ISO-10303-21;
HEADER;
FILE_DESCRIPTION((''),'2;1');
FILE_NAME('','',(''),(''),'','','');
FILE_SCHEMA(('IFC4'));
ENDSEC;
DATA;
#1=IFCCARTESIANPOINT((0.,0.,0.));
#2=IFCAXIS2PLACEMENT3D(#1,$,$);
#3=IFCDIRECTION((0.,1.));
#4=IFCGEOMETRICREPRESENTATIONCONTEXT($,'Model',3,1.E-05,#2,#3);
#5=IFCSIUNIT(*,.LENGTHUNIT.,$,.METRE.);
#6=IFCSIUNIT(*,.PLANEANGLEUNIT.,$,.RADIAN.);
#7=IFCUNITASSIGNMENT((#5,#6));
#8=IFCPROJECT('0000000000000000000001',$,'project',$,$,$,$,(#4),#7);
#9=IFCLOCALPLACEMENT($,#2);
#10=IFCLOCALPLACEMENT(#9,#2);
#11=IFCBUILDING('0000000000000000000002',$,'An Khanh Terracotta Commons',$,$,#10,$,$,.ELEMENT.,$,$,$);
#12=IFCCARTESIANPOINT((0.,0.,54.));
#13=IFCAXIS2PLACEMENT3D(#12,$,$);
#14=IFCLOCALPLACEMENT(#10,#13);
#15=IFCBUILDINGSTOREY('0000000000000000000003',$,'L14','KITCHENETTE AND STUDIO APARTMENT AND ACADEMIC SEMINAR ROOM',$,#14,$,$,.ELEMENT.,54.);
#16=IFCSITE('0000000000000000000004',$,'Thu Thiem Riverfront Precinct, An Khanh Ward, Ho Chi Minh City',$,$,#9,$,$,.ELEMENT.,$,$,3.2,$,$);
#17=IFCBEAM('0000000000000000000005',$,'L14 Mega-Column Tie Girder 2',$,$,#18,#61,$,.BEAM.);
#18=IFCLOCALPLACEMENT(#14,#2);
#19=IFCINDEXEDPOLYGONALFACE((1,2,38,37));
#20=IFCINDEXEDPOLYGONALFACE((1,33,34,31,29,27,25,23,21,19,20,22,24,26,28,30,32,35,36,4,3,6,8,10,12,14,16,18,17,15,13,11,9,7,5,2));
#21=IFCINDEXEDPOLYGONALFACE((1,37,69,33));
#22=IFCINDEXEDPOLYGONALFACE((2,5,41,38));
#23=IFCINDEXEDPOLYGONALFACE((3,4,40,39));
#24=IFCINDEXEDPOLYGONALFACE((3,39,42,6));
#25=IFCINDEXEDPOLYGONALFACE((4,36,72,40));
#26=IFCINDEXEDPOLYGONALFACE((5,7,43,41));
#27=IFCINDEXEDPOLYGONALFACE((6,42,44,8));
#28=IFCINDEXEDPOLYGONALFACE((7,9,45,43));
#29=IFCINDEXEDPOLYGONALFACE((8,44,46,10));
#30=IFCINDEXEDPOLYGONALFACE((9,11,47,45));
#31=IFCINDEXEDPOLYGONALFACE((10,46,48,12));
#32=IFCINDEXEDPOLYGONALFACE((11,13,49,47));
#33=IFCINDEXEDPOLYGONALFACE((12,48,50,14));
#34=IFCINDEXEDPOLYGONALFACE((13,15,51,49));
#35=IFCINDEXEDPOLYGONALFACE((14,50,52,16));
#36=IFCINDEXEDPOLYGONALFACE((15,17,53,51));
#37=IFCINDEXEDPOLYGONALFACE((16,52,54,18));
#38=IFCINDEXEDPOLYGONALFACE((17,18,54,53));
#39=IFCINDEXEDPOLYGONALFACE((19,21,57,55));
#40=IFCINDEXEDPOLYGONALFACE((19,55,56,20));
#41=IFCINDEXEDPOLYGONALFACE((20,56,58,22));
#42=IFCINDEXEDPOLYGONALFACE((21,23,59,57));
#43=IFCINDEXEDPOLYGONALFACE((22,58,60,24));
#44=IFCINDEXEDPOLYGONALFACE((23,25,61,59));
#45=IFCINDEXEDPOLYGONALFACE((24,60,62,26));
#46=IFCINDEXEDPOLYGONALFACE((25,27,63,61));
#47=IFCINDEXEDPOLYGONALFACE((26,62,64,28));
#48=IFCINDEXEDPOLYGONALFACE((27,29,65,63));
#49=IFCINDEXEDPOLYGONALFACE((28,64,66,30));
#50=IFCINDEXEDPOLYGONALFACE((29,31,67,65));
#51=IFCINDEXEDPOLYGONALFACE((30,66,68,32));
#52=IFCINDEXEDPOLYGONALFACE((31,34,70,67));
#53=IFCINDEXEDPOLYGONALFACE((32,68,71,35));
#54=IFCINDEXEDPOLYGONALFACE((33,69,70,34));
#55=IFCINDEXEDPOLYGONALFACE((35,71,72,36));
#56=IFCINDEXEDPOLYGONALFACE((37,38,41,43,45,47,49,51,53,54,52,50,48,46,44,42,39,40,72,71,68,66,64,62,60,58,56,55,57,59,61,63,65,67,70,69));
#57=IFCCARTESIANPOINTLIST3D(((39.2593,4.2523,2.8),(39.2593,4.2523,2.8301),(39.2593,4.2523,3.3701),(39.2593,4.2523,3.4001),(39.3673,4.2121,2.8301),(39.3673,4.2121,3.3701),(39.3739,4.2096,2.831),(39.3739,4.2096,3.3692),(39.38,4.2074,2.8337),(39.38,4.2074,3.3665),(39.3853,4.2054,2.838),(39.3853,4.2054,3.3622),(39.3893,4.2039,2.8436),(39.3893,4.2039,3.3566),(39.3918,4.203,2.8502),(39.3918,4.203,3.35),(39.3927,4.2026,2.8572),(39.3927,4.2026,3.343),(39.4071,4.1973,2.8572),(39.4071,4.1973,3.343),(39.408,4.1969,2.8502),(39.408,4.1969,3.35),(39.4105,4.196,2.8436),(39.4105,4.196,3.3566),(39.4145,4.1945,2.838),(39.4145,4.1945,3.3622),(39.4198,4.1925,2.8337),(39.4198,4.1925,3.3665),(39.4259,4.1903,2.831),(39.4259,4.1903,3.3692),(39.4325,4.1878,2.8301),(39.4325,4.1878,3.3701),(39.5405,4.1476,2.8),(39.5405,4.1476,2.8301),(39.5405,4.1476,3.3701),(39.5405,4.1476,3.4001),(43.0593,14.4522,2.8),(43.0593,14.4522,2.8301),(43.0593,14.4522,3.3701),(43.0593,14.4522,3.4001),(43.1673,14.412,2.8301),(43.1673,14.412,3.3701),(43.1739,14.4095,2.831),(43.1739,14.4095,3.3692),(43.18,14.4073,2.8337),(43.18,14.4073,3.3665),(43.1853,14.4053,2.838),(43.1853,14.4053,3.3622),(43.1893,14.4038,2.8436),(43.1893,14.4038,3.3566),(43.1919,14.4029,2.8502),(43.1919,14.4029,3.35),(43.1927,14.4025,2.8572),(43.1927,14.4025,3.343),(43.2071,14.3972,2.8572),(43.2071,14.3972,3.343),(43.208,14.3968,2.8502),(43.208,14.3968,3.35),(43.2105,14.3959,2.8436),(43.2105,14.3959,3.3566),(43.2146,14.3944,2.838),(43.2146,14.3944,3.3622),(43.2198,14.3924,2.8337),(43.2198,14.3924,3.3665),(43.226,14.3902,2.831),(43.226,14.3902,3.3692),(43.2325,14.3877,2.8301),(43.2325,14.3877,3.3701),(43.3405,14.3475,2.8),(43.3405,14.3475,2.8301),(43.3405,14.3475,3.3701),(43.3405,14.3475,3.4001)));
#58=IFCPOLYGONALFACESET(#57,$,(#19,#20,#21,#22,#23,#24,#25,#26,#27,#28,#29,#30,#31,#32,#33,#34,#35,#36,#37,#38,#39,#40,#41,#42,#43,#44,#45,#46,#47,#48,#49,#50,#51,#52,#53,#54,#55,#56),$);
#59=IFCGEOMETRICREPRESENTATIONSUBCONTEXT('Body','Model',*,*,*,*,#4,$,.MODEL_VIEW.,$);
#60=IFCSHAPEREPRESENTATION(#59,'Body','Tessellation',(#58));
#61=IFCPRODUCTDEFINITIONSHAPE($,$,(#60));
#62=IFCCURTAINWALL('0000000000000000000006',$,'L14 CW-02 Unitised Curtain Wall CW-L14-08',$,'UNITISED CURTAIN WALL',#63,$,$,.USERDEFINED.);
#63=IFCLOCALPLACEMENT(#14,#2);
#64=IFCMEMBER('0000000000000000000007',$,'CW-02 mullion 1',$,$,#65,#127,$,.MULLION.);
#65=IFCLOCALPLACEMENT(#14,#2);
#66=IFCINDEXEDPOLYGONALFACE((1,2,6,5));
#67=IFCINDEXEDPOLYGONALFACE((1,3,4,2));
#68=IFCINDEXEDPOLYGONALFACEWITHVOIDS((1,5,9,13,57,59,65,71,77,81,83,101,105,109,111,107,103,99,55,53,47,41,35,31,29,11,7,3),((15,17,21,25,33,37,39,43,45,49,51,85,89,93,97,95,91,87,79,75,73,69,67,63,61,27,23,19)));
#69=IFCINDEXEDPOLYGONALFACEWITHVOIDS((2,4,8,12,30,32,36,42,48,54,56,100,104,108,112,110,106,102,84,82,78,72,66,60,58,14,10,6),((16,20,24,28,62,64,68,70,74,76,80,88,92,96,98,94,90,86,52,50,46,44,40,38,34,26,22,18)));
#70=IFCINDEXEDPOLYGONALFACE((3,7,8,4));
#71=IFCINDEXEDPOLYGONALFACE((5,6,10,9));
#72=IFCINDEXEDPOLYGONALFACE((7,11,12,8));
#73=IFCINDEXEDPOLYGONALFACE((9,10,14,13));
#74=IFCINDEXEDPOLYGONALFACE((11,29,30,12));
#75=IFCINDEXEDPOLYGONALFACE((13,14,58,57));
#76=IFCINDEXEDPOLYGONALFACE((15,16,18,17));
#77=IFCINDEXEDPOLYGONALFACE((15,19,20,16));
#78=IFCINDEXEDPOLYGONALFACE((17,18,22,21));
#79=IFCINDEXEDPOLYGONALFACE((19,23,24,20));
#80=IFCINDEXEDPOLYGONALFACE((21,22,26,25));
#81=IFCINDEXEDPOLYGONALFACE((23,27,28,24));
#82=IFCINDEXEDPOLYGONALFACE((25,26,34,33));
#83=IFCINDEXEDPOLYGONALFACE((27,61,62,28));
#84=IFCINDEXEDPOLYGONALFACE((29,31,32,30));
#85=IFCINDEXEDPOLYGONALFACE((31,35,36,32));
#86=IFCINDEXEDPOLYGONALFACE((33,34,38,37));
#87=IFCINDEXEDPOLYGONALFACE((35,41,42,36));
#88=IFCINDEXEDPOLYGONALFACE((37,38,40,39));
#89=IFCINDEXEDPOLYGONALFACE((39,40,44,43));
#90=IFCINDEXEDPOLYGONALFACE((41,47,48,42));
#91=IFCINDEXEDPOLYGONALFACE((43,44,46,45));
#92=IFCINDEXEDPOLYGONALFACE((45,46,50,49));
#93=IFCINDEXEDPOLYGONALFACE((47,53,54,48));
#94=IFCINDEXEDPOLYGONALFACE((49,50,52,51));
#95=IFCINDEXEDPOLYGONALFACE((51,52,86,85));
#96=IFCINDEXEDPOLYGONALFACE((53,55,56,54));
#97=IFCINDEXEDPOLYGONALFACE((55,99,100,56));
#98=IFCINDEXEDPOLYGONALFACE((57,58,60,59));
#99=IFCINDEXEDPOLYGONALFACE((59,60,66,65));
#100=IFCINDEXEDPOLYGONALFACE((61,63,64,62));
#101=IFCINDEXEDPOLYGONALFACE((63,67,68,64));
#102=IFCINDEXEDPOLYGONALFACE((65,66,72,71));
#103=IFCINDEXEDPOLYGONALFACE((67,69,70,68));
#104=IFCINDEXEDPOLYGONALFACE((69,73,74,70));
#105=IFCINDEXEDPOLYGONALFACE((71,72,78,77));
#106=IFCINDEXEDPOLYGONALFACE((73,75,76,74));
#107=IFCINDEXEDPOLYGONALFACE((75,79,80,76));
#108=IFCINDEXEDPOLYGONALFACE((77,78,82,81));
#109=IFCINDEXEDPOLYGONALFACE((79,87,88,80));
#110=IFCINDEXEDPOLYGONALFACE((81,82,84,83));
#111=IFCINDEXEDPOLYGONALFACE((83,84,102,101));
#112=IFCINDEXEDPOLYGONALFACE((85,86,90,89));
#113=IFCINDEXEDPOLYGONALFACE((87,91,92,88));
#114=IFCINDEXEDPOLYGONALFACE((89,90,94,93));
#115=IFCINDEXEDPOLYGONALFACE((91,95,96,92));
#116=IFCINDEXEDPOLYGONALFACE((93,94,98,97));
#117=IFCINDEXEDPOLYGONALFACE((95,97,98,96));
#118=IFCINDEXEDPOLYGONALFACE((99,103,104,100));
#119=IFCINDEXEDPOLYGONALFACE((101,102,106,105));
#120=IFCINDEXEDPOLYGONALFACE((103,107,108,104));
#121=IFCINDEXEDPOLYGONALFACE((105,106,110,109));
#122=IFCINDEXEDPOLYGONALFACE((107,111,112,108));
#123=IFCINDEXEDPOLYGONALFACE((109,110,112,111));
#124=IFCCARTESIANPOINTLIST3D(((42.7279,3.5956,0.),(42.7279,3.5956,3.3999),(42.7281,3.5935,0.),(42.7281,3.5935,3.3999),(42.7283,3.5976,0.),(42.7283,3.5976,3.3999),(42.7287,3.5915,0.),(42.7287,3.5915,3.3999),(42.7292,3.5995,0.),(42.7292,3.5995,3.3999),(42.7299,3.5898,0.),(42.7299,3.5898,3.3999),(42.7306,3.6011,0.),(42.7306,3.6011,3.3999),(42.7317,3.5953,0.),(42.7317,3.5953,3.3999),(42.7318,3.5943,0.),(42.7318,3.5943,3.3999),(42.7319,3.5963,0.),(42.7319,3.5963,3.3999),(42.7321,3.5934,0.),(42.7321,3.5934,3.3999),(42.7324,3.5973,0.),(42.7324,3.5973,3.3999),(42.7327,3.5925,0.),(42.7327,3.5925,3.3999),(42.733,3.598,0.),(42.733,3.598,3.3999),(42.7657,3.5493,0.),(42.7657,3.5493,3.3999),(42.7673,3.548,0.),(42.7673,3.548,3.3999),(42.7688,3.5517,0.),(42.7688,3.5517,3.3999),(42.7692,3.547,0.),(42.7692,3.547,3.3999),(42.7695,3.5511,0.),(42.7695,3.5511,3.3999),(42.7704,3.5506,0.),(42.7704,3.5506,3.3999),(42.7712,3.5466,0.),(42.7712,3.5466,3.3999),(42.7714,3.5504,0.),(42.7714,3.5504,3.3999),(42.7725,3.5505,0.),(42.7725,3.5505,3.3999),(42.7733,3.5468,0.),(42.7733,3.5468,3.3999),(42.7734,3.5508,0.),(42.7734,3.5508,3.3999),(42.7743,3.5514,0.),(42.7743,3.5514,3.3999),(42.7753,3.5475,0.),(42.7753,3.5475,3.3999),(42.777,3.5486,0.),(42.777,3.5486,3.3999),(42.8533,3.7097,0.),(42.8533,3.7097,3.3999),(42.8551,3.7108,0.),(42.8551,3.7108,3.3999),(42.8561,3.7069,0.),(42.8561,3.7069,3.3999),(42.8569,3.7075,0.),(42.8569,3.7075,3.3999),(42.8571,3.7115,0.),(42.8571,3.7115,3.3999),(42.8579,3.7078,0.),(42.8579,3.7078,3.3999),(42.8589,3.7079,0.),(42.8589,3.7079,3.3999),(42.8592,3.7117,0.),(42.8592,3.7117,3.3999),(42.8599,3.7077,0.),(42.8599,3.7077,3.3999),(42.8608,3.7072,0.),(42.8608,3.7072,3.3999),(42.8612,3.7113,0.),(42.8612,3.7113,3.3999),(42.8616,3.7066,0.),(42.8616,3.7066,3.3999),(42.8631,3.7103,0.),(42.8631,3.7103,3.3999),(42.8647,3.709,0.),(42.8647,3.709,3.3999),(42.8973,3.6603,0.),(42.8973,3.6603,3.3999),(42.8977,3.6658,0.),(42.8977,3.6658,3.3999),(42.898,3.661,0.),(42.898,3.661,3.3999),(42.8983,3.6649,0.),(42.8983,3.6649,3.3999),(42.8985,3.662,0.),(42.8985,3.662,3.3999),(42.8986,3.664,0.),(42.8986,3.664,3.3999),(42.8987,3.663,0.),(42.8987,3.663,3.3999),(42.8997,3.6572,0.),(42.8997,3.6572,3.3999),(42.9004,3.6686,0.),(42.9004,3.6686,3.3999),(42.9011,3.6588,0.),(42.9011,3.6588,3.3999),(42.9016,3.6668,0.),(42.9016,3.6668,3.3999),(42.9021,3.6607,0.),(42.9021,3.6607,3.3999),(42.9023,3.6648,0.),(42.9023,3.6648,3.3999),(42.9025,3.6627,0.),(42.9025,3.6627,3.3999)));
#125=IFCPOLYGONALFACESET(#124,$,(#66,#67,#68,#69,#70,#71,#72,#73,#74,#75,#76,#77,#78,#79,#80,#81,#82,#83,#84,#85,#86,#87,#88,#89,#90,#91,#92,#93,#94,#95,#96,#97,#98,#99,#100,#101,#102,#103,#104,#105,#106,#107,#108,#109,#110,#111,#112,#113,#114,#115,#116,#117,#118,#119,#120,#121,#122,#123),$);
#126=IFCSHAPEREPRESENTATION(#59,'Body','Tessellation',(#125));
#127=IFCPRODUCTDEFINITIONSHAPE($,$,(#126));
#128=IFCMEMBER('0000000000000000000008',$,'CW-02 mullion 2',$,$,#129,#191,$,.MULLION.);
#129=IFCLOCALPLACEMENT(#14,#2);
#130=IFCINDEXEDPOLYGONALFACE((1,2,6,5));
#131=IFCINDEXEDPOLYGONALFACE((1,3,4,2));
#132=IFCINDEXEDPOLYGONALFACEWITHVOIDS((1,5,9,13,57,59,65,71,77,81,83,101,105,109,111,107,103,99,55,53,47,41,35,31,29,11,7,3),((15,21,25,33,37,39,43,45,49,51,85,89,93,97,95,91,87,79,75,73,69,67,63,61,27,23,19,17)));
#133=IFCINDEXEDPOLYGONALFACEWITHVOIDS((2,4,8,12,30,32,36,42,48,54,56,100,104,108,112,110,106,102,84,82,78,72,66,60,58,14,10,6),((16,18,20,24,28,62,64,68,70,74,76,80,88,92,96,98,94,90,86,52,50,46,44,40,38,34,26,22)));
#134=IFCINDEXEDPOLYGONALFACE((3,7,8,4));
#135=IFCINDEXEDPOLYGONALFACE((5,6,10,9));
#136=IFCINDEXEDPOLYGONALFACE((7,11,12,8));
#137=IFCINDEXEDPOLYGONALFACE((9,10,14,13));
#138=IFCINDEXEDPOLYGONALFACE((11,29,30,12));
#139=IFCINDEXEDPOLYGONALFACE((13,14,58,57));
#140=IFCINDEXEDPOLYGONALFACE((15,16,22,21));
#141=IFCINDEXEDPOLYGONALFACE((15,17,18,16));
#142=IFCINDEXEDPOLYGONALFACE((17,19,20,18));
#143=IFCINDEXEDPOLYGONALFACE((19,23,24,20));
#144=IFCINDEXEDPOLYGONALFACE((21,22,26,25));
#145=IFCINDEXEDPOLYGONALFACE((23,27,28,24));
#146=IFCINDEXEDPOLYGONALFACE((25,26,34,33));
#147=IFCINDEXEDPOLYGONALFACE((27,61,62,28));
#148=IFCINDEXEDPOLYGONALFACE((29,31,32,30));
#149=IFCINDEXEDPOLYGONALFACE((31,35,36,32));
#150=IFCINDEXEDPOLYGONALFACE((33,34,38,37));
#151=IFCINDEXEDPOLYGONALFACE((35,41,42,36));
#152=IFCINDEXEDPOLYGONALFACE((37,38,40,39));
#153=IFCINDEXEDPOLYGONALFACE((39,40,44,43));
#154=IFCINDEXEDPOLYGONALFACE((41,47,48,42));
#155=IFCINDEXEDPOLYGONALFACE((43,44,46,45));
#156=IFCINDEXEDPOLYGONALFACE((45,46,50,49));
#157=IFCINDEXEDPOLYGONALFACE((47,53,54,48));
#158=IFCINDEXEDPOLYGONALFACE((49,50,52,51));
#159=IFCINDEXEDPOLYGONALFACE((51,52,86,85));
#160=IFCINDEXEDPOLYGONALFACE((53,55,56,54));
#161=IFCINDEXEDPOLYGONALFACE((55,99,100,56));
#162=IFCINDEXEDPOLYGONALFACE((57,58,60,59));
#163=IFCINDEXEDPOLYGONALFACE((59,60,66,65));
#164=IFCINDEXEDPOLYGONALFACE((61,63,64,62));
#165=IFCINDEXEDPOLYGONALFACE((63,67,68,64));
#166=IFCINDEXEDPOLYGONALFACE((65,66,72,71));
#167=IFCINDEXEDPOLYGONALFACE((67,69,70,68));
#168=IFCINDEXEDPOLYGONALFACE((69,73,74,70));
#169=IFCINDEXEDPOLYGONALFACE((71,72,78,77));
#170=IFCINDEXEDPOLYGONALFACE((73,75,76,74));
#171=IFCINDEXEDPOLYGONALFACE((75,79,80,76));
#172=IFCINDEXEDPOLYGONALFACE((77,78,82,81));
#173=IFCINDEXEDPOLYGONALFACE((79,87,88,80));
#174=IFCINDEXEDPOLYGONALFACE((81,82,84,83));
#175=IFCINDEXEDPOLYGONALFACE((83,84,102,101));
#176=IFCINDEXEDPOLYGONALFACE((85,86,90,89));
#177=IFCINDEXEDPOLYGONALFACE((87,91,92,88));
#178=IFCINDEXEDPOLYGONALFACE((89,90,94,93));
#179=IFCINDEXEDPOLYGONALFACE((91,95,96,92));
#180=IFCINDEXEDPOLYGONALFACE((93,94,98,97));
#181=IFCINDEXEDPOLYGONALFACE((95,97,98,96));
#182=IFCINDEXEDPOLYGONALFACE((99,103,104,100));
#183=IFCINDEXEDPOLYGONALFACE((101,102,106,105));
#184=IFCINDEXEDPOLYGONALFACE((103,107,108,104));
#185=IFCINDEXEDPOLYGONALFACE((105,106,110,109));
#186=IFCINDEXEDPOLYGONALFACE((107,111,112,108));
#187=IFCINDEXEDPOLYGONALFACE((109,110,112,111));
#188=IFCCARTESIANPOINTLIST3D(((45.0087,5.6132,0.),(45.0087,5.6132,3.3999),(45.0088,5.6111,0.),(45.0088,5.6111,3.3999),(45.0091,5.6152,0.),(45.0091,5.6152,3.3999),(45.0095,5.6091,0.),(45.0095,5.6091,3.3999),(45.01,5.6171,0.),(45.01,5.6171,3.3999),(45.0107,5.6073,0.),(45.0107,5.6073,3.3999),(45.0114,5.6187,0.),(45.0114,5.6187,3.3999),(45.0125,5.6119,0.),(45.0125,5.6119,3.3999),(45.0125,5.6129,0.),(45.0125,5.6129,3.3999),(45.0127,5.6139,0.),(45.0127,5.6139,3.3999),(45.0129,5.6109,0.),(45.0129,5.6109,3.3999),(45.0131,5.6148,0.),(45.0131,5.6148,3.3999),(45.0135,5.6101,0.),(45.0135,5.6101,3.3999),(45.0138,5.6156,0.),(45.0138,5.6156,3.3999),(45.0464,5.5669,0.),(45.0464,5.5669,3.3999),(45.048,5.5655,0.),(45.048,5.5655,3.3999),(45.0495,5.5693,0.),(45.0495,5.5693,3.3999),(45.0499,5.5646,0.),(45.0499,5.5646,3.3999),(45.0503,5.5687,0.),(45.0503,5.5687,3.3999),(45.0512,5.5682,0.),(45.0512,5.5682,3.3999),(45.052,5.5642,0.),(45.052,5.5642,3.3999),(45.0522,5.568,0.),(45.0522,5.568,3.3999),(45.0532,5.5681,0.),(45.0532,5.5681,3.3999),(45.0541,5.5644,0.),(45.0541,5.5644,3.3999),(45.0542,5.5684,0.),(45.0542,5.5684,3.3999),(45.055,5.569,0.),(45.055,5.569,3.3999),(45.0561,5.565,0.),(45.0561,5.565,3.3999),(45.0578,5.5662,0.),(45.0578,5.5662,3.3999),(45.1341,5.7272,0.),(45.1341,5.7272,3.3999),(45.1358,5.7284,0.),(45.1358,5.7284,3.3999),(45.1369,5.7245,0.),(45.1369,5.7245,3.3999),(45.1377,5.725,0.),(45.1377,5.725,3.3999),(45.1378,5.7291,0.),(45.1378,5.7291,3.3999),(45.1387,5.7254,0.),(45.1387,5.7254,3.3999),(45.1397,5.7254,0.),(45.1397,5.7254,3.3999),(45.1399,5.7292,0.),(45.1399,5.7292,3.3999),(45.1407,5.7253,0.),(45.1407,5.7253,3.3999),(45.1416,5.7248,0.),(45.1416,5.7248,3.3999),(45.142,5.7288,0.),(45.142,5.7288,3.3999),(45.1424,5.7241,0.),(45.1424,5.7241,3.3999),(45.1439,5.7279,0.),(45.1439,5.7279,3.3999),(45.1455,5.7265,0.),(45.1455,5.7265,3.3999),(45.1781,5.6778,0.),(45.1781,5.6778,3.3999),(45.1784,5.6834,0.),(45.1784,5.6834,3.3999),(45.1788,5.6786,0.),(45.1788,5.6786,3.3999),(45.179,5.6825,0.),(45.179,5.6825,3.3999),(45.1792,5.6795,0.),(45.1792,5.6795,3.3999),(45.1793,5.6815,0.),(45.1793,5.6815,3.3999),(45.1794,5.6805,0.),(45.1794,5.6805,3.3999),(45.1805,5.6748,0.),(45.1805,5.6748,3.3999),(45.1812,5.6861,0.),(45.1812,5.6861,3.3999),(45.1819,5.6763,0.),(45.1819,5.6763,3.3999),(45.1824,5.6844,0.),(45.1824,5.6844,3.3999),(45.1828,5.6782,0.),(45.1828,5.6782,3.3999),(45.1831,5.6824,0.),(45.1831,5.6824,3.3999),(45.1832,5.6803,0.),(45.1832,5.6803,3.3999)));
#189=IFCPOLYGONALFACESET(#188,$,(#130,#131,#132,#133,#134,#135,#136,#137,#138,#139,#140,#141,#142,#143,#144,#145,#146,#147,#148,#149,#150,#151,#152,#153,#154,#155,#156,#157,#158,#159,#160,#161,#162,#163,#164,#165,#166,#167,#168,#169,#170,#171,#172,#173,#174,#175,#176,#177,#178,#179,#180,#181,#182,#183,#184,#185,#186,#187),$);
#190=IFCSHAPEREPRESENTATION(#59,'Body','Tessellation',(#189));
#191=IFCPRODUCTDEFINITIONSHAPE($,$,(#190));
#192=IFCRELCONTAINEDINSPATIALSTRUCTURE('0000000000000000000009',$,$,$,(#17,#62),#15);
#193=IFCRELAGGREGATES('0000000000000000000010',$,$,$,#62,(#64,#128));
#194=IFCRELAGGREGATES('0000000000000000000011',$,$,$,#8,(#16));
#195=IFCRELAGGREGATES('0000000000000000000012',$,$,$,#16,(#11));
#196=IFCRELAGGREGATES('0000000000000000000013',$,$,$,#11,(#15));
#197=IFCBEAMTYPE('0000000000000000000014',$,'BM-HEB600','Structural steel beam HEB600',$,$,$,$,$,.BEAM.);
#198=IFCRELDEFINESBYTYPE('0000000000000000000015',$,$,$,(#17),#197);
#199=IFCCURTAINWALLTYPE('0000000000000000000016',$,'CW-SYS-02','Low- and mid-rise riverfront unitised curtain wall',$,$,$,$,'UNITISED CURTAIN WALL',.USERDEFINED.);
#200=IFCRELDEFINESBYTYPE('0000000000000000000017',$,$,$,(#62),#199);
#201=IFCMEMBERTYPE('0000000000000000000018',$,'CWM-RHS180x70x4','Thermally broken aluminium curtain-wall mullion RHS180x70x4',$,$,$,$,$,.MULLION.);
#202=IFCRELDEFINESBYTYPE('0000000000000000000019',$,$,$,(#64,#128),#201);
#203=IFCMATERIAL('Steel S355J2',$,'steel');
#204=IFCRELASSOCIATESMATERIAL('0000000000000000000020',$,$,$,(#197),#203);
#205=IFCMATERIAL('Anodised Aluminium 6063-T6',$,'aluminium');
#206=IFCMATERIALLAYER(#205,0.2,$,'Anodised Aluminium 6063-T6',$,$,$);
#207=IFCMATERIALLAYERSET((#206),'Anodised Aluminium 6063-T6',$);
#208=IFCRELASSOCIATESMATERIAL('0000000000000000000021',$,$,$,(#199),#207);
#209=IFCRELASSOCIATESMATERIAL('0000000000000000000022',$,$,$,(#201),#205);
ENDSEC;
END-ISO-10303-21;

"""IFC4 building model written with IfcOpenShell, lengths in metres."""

from ifc_helpers import new_model, si_unit, direction, frame, origin, origin_2d, place, context, subcontext, project, spatial, hollow_rectangle, i_section, extrude, material, layer, layer_set, material_profile, profile_set, type_object, element, aggregate, save


model = new_model("IFC4")

# Units and contexts
model_context = context("Model", 3, precision=1e-05, world=origin(), true_north=direction((0.0, 1.0)))
body_context = subcontext(model_context, "Body", "Model", "MODEL_VIEW")
ifc_project = project(units=[si_unit("LENGTHUNIT", "METRE"), si_unit("PLANEANGLEUNIT", "RADIAN")], contexts=[model_context])

# Site, building, storey
site_placement = place(None, origin())
site = spatial("IfcSite", under=ifc_project, at=site_placement, Name="Thu Thiem Riverfront Precinct, An Khanh Ward, Ho Chi Minh City", CompositionType="ELEMENT", RefElevation=3.2)
building_placement = place(site_placement, origin())
building = spatial("IfcBuilding", under=site, at=building_placement, Name="An Khanh Terracotta Commons", CompositionType="ELEMENT")
storey_placement = place(building_placement, frame((0.0, 0.0, 54.0)))
storey = spatial("IfcBuildingStorey", under=building, at=storey_placement, Name="L14", Description="KITCHENETTE AND STUDIO APARTMENT AND ACADEMIC SEMINAR ROOM", CompositionType="ELEMENT", Elevation=54.0)

# Beam
ifc_material_1 = material(Name="Steel S355J2", Category="steel")
ifc_material_profile_1 = material_profile(ifc_material_1, i_section(OverallWidth=0.3, OverallDepth=0.6001, WebThickness=0.0154, FlangeThickness=0.03, FilletRadius=0.0271, at=origin_2d()), Name="HEB600")
ifc_profile_set_1 = profile_set([ifc_material_profile_1], Name="Steel S355J2")
beam_type_1 = type_object("IfcBeamType", Name="BM-HEB600", Description="Structural steel beam HEB600", PredefinedType="BEAM", material=ifc_profile_set_1)
beam_1_placement = place(storey_placement, frame((39.3999, 4.2, 3.1001), z_axis=(0.349114, 0.93708, 0.0), x_axis=(-0.93708, 0.349114, 0.0)))
element("IfcBeam", 1, at=beam_1_placement, inside=storey, type_object=beam_type_1, Name="L14 Mega-Column Tie Girder 2", PredefinedType="BEAM", context=body_context, shape_type="SweptSolid", body=[
    extrude(i_section(OverallWidth=0.3, OverallDepth=0.6001, WebThickness=0.0154, FlangeThickness=0.03, FilletRadius=0.0271, at=origin_2d()), origin(), (0.0, 0.0, 1.0), 10.8848),
])

# Curtain wall, members
ifc_material_2 = material(Name="Anodised Aluminium 6063-T6", Category="aluminium")
ifc_layer_1 = layer(ifc_material_2, 0.2, Name="Anodised Aluminium 6063-T6")
ifc_layer_set_1 = layer_set([ifc_layer_1], Name="Anodised Aluminium 6063-T6")
curtain_wall_type = type_object("IfcCurtainWallType", Name="CW-SYS-02", Description="Low- and mid-rise riverfront unitised curtain wall", ElementType="UNITISED CURTAIN WALL", PredefinedType="USERDEFINED", material=ifc_layer_set_1)
curtain_wall_1_placement = place(storey_placement, origin())
curtain_wall_1 = element("IfcCurtainWall", 2, at=curtain_wall_1_placement, inside=storey, type_object=curtain_wall_type, Name="L14 CW-02 Unitised Curtain Wall CW-L14-08", ObjectType="UNITISED CURTAIN WALL", PredefinedType="USERDEFINED")
ifc_material_profile_2 = material_profile(ifc_material_2, hollow_rectangle(XDim=0.0701, YDim=0.1799, WallThickness=0.0039, InnerFilletRadius=0.0039, OuterFilletRadius=0.0081, at=origin_2d()), Name="RHS180x70x4")
ifc_profile_set_2 = profile_set([ifc_material_profile_2], Name="Anodised Aluminium 6063-T6")
member_type_1 = type_object("IfcMemberType", Name="CWM-RHS180x70x4", Description="Thermally broken aluminium curtain-wall mullion RHS180x70x4", PredefinedType="MULLION", material=ifc_profile_set_2)
member_1_placement = place(storey_placement, frame((42.8152, 3.6292, 0.0), z_axis=(0.0, 0.0, 1.0), x_axis=(-0.662548, 0.749019, 0.0)))
member_1 = element("IfcMember", 3, at=member_1_placement, type_object=member_type_1, Name="CW-02 mullion 1", PredefinedType="MULLION", context=body_context, shape_type="SweptSolid", body=[
    extrude(hollow_rectangle(XDim=0.0701, YDim=0.1799, WallThickness=0.0039, InnerFilletRadius=0.0039, OuterFilletRadius=0.0081, at=origin_2d()), origin(), (0.0, 0.0, 1.0), 3.3999),
])
member_2_placement = place(storey_placement, frame((45.0959, 5.6467, 0.0), z_axis=(0.0, 0.0, 1.0), x_axis=(-0.662548, 0.749019, 0.0)))
member_2 = element("IfcMember", 4, at=member_2_placement, type_object=member_type_1, Name="CW-02 mullion 2", PredefinedType="MULLION", context=body_context, shape_type="SweptSolid", body=[
    extrude(hollow_rectangle(XDim=0.0701, YDim=0.1799, WallThickness=0.0039, InnerFilletRadius=0.0039, OuterFilletRadius=0.0081, at=origin_2d()), origin(), (0.0, 0.0, 1.0), 3.3999),
])

aggregate(curtain_wall_1, [member_1, member_2])

save(model, "model.ifc")
